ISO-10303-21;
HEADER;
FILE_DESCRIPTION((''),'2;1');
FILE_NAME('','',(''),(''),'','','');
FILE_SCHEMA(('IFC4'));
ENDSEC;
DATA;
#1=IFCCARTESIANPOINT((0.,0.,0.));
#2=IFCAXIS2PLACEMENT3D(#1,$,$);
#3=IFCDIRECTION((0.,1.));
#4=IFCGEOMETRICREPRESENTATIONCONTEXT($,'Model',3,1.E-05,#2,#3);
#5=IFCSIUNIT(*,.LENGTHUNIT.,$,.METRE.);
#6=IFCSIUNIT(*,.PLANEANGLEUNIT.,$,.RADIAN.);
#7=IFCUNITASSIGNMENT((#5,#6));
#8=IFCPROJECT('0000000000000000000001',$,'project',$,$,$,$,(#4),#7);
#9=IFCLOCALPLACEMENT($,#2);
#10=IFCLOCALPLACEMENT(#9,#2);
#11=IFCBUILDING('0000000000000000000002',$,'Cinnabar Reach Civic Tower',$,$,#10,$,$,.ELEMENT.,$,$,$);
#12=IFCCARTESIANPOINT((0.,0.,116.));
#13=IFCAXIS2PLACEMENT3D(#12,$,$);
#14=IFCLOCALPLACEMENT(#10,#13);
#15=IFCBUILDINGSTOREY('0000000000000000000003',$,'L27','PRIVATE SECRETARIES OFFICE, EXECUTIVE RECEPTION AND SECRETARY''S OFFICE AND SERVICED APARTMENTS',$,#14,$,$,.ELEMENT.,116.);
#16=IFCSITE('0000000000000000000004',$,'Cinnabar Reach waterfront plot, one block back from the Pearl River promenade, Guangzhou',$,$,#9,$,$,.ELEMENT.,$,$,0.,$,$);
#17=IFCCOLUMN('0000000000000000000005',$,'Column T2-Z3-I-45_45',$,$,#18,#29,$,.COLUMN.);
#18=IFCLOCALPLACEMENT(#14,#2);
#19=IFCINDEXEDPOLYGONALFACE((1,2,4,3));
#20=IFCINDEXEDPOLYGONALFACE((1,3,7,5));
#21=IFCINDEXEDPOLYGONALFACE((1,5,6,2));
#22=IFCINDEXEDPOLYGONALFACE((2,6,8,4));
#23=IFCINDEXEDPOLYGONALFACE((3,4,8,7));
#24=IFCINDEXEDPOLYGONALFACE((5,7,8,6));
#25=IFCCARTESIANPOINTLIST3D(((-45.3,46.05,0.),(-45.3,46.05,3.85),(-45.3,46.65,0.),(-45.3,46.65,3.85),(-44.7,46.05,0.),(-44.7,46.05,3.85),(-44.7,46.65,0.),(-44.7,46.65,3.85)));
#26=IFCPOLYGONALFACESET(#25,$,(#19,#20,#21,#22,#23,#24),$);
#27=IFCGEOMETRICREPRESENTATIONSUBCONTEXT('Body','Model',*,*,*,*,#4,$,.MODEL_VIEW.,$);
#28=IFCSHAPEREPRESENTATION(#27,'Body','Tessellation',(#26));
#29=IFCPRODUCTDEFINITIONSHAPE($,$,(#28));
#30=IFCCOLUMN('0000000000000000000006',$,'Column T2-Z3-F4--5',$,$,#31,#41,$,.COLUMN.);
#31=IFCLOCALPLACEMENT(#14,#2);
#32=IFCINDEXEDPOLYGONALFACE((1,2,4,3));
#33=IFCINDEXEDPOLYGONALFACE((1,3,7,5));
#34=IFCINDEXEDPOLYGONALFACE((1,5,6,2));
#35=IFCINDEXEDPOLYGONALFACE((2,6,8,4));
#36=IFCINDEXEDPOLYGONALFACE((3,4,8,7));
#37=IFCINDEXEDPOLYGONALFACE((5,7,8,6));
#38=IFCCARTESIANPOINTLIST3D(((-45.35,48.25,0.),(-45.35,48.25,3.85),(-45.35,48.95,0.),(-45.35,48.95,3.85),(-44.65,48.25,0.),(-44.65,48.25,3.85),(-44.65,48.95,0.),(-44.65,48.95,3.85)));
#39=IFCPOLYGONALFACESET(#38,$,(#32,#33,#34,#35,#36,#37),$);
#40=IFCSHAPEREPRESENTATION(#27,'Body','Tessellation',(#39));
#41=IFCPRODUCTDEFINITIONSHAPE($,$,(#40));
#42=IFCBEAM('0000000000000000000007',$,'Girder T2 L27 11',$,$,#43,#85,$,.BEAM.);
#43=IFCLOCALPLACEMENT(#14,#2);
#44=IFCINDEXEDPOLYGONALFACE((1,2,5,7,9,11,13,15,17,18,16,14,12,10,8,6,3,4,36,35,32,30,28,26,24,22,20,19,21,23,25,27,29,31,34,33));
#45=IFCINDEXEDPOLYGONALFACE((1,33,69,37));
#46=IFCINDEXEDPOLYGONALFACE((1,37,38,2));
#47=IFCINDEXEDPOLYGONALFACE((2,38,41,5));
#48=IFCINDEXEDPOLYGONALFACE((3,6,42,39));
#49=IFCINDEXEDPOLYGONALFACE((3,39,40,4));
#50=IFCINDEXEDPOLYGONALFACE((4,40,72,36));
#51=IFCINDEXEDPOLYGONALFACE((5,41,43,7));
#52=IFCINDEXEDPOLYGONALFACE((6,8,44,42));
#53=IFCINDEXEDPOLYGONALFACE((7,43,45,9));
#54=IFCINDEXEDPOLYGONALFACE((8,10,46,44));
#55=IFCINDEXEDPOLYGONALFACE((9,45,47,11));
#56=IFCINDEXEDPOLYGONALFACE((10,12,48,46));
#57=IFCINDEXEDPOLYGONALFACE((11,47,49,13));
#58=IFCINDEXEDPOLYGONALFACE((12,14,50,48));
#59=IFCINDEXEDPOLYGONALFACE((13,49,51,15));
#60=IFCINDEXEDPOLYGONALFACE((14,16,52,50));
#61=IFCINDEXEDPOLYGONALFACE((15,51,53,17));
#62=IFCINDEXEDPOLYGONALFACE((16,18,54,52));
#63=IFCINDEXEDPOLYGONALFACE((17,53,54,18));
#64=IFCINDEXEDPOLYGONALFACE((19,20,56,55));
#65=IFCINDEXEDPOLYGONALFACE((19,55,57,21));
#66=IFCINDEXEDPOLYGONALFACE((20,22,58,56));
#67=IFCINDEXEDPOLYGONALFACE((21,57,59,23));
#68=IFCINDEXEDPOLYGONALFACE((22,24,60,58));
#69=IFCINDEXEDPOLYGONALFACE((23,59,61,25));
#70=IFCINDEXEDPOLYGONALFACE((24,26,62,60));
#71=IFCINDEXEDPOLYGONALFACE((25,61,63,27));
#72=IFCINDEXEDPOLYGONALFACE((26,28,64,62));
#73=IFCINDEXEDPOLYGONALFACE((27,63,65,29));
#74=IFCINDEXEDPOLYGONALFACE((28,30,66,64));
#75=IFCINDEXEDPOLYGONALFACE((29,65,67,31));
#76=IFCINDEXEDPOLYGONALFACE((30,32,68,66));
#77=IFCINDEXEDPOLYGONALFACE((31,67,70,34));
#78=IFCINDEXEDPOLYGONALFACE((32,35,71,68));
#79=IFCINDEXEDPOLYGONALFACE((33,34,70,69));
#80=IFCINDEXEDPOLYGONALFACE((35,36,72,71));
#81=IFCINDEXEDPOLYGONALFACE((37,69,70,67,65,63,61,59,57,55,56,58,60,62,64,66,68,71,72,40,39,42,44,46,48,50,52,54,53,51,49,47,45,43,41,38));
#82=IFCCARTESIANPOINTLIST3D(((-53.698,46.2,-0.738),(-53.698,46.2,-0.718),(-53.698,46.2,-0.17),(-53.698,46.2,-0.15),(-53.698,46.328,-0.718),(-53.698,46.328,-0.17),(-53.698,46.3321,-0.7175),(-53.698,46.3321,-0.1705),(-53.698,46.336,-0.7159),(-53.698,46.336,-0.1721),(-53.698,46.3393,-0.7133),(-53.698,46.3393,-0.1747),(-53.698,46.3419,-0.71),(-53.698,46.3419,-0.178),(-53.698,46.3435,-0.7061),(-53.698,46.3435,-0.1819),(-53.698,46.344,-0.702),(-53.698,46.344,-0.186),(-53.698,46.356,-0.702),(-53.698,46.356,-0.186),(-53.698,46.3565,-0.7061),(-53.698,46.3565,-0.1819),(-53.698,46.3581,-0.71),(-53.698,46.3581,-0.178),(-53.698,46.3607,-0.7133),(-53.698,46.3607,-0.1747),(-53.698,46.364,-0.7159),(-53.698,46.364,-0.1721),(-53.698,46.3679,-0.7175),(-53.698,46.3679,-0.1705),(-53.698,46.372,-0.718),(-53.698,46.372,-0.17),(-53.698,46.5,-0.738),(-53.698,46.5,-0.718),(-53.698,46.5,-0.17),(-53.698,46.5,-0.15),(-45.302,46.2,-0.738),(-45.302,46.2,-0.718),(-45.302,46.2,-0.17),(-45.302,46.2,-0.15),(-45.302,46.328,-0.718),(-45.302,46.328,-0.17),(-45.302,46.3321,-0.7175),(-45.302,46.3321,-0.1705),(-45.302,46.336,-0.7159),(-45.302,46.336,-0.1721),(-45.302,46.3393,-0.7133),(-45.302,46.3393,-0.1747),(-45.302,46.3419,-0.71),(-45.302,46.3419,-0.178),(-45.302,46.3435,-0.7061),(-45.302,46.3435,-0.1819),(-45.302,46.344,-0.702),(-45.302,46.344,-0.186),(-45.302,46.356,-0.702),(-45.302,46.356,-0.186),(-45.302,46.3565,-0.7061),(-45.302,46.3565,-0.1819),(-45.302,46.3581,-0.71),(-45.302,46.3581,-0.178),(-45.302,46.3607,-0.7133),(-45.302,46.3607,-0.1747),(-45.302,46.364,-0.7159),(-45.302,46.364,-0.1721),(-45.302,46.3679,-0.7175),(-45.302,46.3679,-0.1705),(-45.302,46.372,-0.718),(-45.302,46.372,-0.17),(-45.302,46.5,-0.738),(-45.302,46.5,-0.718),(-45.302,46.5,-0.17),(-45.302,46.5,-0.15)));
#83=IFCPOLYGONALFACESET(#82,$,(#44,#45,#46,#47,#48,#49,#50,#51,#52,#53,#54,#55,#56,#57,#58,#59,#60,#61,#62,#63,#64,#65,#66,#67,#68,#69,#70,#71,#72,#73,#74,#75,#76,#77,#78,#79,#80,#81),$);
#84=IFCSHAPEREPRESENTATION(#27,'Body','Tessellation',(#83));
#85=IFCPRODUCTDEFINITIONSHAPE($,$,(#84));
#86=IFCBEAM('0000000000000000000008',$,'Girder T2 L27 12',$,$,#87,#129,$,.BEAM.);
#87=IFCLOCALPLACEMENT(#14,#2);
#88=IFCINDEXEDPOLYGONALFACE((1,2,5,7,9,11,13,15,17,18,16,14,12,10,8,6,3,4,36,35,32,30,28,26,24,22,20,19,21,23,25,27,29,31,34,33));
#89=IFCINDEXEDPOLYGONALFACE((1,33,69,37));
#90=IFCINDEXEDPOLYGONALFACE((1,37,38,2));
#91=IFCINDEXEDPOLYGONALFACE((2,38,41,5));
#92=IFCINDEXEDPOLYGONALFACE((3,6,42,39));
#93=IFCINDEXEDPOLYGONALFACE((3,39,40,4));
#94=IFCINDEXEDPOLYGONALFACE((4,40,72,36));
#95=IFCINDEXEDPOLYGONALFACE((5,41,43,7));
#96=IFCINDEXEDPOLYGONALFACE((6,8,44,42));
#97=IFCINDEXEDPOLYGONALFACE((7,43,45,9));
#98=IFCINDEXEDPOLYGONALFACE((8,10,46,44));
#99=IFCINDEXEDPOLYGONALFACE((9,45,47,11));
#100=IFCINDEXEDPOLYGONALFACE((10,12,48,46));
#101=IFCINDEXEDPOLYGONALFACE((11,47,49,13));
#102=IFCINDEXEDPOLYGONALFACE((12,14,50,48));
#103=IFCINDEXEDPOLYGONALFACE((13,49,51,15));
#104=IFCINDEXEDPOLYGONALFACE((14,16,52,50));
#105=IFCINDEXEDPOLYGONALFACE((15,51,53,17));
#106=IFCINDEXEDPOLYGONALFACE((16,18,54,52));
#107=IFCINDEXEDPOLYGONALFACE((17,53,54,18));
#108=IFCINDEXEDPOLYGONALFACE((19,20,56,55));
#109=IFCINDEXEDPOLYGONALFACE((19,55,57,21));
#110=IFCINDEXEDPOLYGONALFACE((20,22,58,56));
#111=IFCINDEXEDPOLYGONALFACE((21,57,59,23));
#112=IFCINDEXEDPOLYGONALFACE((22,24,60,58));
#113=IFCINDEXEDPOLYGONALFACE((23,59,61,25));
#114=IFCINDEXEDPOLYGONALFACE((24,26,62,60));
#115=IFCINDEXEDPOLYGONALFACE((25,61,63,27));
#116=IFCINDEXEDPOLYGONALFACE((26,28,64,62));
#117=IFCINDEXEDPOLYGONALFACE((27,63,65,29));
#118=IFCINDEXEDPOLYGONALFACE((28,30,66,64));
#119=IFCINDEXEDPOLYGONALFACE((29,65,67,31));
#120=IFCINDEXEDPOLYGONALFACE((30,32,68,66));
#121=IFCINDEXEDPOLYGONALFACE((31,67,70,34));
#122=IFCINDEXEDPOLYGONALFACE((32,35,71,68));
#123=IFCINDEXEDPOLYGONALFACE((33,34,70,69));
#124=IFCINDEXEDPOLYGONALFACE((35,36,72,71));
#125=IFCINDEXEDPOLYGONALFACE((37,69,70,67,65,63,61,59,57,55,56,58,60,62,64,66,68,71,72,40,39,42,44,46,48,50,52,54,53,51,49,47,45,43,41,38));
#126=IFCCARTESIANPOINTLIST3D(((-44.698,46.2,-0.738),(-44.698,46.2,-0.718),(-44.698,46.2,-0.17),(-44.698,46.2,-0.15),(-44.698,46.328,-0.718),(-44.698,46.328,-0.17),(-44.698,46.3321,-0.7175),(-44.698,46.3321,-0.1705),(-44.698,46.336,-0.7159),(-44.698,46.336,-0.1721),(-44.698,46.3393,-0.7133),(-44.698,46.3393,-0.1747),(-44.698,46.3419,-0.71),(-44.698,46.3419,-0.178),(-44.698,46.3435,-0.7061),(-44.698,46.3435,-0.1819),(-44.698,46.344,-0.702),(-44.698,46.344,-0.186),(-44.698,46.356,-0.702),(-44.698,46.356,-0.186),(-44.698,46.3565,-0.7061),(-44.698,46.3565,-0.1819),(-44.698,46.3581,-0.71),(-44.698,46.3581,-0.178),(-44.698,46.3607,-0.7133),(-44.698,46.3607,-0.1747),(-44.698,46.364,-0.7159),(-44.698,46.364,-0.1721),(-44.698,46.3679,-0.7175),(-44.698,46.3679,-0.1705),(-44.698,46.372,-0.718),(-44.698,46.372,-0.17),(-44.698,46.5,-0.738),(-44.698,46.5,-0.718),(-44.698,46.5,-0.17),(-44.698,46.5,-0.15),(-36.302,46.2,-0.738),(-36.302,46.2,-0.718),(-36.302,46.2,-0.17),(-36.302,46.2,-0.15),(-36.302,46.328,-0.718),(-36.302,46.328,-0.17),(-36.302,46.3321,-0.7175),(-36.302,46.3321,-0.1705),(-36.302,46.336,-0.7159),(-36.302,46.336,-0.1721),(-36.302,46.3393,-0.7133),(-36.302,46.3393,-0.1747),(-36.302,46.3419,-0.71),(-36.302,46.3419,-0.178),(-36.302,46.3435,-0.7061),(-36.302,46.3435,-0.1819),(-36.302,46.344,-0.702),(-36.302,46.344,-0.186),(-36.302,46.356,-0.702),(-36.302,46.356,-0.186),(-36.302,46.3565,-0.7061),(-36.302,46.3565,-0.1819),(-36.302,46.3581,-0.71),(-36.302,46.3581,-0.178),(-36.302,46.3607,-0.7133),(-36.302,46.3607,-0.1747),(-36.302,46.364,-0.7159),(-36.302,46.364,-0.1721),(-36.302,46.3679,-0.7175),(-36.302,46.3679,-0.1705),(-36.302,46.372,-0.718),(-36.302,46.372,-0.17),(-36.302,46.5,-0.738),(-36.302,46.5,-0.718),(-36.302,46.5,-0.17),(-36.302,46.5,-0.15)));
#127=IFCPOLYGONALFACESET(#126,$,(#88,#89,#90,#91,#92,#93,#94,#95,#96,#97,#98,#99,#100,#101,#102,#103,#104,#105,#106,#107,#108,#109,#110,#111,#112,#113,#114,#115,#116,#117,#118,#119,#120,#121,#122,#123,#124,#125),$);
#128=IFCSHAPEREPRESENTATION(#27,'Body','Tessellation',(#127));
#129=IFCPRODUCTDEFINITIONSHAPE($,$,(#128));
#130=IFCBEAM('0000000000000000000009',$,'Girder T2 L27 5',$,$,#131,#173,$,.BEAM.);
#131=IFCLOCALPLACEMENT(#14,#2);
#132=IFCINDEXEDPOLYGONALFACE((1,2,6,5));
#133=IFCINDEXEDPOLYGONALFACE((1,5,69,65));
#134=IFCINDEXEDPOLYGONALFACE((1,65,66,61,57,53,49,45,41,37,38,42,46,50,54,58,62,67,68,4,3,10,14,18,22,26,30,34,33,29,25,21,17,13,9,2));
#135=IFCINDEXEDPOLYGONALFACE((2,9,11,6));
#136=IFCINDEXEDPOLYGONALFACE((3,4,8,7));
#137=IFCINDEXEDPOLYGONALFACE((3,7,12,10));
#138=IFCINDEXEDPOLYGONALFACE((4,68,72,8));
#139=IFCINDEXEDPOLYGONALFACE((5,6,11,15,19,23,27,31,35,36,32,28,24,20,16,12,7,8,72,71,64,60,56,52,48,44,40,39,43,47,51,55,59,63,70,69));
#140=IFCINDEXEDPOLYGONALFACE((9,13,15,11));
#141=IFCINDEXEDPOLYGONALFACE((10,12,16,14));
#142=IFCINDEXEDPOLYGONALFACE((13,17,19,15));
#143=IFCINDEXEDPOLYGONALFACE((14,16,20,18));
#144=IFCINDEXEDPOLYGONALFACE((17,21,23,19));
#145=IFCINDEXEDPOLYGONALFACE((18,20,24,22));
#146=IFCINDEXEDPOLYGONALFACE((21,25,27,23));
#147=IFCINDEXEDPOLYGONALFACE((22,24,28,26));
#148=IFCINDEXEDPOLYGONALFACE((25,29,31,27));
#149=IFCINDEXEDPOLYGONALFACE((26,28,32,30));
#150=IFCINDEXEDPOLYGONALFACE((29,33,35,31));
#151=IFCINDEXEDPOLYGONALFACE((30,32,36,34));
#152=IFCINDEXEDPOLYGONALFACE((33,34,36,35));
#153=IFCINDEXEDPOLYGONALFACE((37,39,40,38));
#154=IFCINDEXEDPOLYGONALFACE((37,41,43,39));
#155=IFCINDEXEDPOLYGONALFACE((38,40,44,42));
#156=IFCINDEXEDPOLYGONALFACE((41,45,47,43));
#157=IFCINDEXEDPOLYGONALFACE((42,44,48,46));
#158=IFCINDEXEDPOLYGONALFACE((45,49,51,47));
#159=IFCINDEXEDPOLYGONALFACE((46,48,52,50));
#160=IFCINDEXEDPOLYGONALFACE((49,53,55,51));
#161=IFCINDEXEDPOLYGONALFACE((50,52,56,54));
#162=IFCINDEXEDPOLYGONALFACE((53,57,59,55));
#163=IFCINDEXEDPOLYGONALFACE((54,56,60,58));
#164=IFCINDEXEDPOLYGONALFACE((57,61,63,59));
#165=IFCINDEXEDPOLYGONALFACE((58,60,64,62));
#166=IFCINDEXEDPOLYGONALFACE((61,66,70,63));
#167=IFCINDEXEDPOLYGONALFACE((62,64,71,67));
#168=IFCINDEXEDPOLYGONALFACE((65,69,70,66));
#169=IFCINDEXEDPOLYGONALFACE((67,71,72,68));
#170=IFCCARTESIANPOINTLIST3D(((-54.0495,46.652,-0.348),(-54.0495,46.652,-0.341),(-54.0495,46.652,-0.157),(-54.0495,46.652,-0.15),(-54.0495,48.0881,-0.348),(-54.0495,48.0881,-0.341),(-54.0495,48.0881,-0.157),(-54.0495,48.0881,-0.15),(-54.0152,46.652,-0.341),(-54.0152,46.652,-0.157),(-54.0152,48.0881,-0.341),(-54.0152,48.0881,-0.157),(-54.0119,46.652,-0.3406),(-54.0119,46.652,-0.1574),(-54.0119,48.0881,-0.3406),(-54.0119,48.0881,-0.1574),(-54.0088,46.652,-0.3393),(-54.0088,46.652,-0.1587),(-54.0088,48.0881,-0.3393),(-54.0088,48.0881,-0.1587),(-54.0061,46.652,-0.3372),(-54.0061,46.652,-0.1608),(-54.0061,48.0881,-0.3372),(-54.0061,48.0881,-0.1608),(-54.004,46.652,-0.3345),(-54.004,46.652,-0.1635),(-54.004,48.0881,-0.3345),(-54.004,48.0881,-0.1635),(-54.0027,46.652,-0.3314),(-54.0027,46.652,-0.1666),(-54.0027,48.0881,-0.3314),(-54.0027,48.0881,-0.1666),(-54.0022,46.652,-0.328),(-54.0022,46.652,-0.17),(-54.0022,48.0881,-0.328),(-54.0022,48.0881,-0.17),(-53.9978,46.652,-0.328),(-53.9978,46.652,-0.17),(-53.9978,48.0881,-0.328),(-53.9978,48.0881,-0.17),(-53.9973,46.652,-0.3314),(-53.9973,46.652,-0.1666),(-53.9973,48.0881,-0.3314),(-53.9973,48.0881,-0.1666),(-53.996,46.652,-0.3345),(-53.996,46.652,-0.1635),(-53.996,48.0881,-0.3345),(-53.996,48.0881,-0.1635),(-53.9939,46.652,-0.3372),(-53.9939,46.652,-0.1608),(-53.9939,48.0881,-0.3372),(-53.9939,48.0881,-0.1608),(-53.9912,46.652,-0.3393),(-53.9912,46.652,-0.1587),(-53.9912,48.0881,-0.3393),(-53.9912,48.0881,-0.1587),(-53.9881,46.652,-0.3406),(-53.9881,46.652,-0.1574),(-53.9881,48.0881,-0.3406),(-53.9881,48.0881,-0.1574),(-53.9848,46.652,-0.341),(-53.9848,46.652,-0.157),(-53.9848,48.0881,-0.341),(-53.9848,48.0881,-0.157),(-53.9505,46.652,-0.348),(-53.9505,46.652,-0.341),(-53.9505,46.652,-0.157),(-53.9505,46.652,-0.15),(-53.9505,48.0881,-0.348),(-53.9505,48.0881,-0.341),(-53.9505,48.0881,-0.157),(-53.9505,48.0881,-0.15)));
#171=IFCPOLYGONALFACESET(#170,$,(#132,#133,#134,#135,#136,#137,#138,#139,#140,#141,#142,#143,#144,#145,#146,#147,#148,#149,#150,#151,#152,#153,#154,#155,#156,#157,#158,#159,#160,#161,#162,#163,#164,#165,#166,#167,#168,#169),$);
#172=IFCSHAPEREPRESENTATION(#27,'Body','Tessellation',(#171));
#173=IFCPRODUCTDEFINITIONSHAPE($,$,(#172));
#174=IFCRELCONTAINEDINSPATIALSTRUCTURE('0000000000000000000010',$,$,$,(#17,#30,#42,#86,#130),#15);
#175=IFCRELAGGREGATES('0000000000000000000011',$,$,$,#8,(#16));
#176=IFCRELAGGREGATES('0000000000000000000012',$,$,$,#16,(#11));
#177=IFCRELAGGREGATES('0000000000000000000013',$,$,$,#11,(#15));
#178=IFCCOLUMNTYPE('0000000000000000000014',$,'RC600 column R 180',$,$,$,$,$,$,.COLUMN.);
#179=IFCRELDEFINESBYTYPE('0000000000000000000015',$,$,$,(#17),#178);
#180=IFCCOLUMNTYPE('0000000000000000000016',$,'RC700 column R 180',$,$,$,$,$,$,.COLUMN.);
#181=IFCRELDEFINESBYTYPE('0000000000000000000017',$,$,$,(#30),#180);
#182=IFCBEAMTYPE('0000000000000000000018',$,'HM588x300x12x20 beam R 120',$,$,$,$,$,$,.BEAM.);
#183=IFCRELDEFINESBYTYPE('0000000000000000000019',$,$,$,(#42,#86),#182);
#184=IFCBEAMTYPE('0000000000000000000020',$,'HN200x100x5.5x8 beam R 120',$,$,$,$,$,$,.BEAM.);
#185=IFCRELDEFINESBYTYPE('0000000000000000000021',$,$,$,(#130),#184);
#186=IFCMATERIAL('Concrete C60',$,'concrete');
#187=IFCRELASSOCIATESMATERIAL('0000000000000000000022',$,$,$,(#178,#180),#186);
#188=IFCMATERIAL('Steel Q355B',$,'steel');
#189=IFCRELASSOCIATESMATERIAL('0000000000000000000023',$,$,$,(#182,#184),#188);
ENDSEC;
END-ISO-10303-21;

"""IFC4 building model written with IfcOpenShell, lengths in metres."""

from ifc_helpers import new_model, si_unit, direction, frame, origin, origin_2d, place, context, subcontext, project, spatial, rectangle, i_section, extrude, material, material_profile, profile_set, type_object, element, save


model = new_model("IFC4")

# Units and contexts
model_context = context("Model", 3, precision=1e-05, world=origin(), true_north=direction((0.0, 1.0)))
body_context = subcontext(model_context, "Body", "Model", "MODEL_VIEW")
ifc_project = project(units=[si_unit("LENGTHUNIT", "METRE"), si_unit("PLANEANGLEUNIT", "RADIAN")], contexts=[model_context])

# Site, building, storey
site_placement = place(None, origin())
site = spatial("IfcSite", under=ifc_project, at=site_placement, Name="Cinnabar Reach waterfront plot, one block back from the Pearl River promenade, Guangzhou", CompositionType="ELEMENT", RefElevation=0.0)
building_placement = place(site_placement, origin())
building = spatial("IfcBuilding", under=site, at=building_placement, Name="Cinnabar Reach Civic Tower", CompositionType="ELEMENT")
storey_placement = place(building_placement, frame((0.0, 0.0, 116.0)))
storey = spatial("IfcBuildingStorey", under=building, at=storey_placement, Name="L27", Description="PRIVATE SECRETARIES OFFICE, EXECUTIVE RECEPTION AND SECRETARY'S OFFICE AND SERVICED APARTMENTS", CompositionType="ELEMENT", Elevation=116.0)

# Columns
ifc_material_1 = material(Name="Concrete C60", Category="concrete")
ifc_material_profile_1 = material_profile(ifc_material_1, rectangle(XDim=0.6, YDim=0.6, at=origin_2d()), Name="RC600")
ifc_profile_set_1 = profile_set([ifc_material_profile_1], Name="Concrete C60")
column_type_1 = type_object("IfcColumnType", Name="RC600 column R 180", PredefinedType="COLUMN", material=ifc_profile_set_1)
column_1_placement = place(storey_placement, frame((-45.0, 46.35, 0.0), z_axis=(0.0, 0.0, 1.0), x_axis=(1.0, 0.0, 0.0)))
element("IfcColumn", 1, at=column_1_placement, inside=storey, type_object=column_type_1, Name="Column T2-Z3-I-45_45", PredefinedType="COLUMN", context=body_context, shape_type="SweptSolid", body=[
    extrude(rectangle(XDim=0.6, YDim=0.6, at=origin_2d()), origin(), (0.0, 0.0, 1.0), 3.85),
])
ifc_material_profile_2 = material_profile(ifc_material_1, rectangle(XDim=0.7, YDim=0.7, at=origin_2d()), Name="RC700")
ifc_profile_set_2 = profile_set([ifc_material_profile_2], Name="Concrete C60")
column_type_2 = type_object("IfcColumnType", Name="RC700 column R 180", PredefinedType="COLUMN", material=ifc_profile_set_2)
column_2_placement = place(storey_placement, frame((-45.0, 48.6, 0.0), z_axis=(0.0, 0.0, 1.0), x_axis=(1.0, 0.0, 0.0)))
element("IfcColumn", 2, at=column_2_placement, inside=storey, type_object=column_type_2, Name="Column T2-Z3-F4--5", PredefinedType="COLUMN", context=body_context, shape_type="SweptSolid", body=[
    extrude(rectangle(XDim=0.7, YDim=0.7, at=origin_2d()), origin(), (0.0, 0.0, 1.0), 3.85),
])

# Beams
ifc_material_2 = material(Name="Steel Q355B", Category="steel")
ifc_material_profile_3 = material_profile(ifc_material_2, i_section(OverallWidth=0.3, OverallDepth=0.588, WebThickness=0.012, FlangeThickness=0.02, FilletRadius=0.016, at=origin_2d()), Name="HM588x300x12x20")
ifc_profile_set_3 = profile_set([ifc_material_profile_3], Name="Steel Q355B")
beam_type_1 = type_object("IfcBeamType", Name="HM588x300x12x20 beam R 120", PredefinedType="BEAM", material=ifc_profile_set_3)
for number, where, z_axis, x_axis, name in (
    (3, (-53.698, 46.35, -0.444), (1.0, 0.0, 0.0), (0.0, 1.0, 0.0), "Girder T2 L27 11"),
    (4, (-44.698, 46.35, -0.444), (1.0, 0.0, 0.0), (0.0, 1.0, 0.0), "Girder T2 L27 12"),
):
    element("IfcBeam", number, at=place(storey_placement, frame(where, z_axis=z_axis, x_axis=x_axis)), inside=storey, type_object=beam_type_1, Name=name, PredefinedType="BEAM", context=body_context, shape_type="SweptSolid", body=[
        extrude(i_section(OverallWidth=0.3, OverallDepth=0.588, WebThickness=0.012, FlangeThickness=0.02, FilletRadius=0.016, at=origin_2d()), origin(), (0.0, 0.0, 1.0), 8.396),
    ])
ifc_material_profile_4 = material_profile(ifc_material_2, i_section(OverallWidth=0.099, OverallDepth=0.198, WebThickness=0.0045, FlangeThickness=0.007, FilletRadius=0.013, at=origin_2d()), Name="HN200x100x5.5x8")
ifc_profile_set_4 = profile_set([ifc_material_profile_4], Name="Steel Q355B")
beam_type_2 = type_object("IfcBeamType", Name="HN200x100x5.5x8 beam R 120", PredefinedType="BEAM", material=ifc_profile_set_4)
beam_1_placement = place(storey_placement, frame((-54.0, 46.652, -0.249), z_axis=(0.0, 1.0, 0.0), x_axis=(-1.0, 0.0, 0.0)))
element("IfcBeam", 5, at=beam_1_placement, inside=storey, type_object=beam_type_2, Name="Girder T2 L27 5", PredefinedType="BEAM", context=body_context, shape_type="SweptSolid", body=[
    extrude(i_section(OverallWidth=0.099, OverallDepth=0.198, WebThickness=0.0045, FlangeThickness=0.007, FilletRadius=0.013, at=origin_2d()), origin(), (0.0, 0.0, 1.0), 1.4361),
])

save(model, "model.ifc")
